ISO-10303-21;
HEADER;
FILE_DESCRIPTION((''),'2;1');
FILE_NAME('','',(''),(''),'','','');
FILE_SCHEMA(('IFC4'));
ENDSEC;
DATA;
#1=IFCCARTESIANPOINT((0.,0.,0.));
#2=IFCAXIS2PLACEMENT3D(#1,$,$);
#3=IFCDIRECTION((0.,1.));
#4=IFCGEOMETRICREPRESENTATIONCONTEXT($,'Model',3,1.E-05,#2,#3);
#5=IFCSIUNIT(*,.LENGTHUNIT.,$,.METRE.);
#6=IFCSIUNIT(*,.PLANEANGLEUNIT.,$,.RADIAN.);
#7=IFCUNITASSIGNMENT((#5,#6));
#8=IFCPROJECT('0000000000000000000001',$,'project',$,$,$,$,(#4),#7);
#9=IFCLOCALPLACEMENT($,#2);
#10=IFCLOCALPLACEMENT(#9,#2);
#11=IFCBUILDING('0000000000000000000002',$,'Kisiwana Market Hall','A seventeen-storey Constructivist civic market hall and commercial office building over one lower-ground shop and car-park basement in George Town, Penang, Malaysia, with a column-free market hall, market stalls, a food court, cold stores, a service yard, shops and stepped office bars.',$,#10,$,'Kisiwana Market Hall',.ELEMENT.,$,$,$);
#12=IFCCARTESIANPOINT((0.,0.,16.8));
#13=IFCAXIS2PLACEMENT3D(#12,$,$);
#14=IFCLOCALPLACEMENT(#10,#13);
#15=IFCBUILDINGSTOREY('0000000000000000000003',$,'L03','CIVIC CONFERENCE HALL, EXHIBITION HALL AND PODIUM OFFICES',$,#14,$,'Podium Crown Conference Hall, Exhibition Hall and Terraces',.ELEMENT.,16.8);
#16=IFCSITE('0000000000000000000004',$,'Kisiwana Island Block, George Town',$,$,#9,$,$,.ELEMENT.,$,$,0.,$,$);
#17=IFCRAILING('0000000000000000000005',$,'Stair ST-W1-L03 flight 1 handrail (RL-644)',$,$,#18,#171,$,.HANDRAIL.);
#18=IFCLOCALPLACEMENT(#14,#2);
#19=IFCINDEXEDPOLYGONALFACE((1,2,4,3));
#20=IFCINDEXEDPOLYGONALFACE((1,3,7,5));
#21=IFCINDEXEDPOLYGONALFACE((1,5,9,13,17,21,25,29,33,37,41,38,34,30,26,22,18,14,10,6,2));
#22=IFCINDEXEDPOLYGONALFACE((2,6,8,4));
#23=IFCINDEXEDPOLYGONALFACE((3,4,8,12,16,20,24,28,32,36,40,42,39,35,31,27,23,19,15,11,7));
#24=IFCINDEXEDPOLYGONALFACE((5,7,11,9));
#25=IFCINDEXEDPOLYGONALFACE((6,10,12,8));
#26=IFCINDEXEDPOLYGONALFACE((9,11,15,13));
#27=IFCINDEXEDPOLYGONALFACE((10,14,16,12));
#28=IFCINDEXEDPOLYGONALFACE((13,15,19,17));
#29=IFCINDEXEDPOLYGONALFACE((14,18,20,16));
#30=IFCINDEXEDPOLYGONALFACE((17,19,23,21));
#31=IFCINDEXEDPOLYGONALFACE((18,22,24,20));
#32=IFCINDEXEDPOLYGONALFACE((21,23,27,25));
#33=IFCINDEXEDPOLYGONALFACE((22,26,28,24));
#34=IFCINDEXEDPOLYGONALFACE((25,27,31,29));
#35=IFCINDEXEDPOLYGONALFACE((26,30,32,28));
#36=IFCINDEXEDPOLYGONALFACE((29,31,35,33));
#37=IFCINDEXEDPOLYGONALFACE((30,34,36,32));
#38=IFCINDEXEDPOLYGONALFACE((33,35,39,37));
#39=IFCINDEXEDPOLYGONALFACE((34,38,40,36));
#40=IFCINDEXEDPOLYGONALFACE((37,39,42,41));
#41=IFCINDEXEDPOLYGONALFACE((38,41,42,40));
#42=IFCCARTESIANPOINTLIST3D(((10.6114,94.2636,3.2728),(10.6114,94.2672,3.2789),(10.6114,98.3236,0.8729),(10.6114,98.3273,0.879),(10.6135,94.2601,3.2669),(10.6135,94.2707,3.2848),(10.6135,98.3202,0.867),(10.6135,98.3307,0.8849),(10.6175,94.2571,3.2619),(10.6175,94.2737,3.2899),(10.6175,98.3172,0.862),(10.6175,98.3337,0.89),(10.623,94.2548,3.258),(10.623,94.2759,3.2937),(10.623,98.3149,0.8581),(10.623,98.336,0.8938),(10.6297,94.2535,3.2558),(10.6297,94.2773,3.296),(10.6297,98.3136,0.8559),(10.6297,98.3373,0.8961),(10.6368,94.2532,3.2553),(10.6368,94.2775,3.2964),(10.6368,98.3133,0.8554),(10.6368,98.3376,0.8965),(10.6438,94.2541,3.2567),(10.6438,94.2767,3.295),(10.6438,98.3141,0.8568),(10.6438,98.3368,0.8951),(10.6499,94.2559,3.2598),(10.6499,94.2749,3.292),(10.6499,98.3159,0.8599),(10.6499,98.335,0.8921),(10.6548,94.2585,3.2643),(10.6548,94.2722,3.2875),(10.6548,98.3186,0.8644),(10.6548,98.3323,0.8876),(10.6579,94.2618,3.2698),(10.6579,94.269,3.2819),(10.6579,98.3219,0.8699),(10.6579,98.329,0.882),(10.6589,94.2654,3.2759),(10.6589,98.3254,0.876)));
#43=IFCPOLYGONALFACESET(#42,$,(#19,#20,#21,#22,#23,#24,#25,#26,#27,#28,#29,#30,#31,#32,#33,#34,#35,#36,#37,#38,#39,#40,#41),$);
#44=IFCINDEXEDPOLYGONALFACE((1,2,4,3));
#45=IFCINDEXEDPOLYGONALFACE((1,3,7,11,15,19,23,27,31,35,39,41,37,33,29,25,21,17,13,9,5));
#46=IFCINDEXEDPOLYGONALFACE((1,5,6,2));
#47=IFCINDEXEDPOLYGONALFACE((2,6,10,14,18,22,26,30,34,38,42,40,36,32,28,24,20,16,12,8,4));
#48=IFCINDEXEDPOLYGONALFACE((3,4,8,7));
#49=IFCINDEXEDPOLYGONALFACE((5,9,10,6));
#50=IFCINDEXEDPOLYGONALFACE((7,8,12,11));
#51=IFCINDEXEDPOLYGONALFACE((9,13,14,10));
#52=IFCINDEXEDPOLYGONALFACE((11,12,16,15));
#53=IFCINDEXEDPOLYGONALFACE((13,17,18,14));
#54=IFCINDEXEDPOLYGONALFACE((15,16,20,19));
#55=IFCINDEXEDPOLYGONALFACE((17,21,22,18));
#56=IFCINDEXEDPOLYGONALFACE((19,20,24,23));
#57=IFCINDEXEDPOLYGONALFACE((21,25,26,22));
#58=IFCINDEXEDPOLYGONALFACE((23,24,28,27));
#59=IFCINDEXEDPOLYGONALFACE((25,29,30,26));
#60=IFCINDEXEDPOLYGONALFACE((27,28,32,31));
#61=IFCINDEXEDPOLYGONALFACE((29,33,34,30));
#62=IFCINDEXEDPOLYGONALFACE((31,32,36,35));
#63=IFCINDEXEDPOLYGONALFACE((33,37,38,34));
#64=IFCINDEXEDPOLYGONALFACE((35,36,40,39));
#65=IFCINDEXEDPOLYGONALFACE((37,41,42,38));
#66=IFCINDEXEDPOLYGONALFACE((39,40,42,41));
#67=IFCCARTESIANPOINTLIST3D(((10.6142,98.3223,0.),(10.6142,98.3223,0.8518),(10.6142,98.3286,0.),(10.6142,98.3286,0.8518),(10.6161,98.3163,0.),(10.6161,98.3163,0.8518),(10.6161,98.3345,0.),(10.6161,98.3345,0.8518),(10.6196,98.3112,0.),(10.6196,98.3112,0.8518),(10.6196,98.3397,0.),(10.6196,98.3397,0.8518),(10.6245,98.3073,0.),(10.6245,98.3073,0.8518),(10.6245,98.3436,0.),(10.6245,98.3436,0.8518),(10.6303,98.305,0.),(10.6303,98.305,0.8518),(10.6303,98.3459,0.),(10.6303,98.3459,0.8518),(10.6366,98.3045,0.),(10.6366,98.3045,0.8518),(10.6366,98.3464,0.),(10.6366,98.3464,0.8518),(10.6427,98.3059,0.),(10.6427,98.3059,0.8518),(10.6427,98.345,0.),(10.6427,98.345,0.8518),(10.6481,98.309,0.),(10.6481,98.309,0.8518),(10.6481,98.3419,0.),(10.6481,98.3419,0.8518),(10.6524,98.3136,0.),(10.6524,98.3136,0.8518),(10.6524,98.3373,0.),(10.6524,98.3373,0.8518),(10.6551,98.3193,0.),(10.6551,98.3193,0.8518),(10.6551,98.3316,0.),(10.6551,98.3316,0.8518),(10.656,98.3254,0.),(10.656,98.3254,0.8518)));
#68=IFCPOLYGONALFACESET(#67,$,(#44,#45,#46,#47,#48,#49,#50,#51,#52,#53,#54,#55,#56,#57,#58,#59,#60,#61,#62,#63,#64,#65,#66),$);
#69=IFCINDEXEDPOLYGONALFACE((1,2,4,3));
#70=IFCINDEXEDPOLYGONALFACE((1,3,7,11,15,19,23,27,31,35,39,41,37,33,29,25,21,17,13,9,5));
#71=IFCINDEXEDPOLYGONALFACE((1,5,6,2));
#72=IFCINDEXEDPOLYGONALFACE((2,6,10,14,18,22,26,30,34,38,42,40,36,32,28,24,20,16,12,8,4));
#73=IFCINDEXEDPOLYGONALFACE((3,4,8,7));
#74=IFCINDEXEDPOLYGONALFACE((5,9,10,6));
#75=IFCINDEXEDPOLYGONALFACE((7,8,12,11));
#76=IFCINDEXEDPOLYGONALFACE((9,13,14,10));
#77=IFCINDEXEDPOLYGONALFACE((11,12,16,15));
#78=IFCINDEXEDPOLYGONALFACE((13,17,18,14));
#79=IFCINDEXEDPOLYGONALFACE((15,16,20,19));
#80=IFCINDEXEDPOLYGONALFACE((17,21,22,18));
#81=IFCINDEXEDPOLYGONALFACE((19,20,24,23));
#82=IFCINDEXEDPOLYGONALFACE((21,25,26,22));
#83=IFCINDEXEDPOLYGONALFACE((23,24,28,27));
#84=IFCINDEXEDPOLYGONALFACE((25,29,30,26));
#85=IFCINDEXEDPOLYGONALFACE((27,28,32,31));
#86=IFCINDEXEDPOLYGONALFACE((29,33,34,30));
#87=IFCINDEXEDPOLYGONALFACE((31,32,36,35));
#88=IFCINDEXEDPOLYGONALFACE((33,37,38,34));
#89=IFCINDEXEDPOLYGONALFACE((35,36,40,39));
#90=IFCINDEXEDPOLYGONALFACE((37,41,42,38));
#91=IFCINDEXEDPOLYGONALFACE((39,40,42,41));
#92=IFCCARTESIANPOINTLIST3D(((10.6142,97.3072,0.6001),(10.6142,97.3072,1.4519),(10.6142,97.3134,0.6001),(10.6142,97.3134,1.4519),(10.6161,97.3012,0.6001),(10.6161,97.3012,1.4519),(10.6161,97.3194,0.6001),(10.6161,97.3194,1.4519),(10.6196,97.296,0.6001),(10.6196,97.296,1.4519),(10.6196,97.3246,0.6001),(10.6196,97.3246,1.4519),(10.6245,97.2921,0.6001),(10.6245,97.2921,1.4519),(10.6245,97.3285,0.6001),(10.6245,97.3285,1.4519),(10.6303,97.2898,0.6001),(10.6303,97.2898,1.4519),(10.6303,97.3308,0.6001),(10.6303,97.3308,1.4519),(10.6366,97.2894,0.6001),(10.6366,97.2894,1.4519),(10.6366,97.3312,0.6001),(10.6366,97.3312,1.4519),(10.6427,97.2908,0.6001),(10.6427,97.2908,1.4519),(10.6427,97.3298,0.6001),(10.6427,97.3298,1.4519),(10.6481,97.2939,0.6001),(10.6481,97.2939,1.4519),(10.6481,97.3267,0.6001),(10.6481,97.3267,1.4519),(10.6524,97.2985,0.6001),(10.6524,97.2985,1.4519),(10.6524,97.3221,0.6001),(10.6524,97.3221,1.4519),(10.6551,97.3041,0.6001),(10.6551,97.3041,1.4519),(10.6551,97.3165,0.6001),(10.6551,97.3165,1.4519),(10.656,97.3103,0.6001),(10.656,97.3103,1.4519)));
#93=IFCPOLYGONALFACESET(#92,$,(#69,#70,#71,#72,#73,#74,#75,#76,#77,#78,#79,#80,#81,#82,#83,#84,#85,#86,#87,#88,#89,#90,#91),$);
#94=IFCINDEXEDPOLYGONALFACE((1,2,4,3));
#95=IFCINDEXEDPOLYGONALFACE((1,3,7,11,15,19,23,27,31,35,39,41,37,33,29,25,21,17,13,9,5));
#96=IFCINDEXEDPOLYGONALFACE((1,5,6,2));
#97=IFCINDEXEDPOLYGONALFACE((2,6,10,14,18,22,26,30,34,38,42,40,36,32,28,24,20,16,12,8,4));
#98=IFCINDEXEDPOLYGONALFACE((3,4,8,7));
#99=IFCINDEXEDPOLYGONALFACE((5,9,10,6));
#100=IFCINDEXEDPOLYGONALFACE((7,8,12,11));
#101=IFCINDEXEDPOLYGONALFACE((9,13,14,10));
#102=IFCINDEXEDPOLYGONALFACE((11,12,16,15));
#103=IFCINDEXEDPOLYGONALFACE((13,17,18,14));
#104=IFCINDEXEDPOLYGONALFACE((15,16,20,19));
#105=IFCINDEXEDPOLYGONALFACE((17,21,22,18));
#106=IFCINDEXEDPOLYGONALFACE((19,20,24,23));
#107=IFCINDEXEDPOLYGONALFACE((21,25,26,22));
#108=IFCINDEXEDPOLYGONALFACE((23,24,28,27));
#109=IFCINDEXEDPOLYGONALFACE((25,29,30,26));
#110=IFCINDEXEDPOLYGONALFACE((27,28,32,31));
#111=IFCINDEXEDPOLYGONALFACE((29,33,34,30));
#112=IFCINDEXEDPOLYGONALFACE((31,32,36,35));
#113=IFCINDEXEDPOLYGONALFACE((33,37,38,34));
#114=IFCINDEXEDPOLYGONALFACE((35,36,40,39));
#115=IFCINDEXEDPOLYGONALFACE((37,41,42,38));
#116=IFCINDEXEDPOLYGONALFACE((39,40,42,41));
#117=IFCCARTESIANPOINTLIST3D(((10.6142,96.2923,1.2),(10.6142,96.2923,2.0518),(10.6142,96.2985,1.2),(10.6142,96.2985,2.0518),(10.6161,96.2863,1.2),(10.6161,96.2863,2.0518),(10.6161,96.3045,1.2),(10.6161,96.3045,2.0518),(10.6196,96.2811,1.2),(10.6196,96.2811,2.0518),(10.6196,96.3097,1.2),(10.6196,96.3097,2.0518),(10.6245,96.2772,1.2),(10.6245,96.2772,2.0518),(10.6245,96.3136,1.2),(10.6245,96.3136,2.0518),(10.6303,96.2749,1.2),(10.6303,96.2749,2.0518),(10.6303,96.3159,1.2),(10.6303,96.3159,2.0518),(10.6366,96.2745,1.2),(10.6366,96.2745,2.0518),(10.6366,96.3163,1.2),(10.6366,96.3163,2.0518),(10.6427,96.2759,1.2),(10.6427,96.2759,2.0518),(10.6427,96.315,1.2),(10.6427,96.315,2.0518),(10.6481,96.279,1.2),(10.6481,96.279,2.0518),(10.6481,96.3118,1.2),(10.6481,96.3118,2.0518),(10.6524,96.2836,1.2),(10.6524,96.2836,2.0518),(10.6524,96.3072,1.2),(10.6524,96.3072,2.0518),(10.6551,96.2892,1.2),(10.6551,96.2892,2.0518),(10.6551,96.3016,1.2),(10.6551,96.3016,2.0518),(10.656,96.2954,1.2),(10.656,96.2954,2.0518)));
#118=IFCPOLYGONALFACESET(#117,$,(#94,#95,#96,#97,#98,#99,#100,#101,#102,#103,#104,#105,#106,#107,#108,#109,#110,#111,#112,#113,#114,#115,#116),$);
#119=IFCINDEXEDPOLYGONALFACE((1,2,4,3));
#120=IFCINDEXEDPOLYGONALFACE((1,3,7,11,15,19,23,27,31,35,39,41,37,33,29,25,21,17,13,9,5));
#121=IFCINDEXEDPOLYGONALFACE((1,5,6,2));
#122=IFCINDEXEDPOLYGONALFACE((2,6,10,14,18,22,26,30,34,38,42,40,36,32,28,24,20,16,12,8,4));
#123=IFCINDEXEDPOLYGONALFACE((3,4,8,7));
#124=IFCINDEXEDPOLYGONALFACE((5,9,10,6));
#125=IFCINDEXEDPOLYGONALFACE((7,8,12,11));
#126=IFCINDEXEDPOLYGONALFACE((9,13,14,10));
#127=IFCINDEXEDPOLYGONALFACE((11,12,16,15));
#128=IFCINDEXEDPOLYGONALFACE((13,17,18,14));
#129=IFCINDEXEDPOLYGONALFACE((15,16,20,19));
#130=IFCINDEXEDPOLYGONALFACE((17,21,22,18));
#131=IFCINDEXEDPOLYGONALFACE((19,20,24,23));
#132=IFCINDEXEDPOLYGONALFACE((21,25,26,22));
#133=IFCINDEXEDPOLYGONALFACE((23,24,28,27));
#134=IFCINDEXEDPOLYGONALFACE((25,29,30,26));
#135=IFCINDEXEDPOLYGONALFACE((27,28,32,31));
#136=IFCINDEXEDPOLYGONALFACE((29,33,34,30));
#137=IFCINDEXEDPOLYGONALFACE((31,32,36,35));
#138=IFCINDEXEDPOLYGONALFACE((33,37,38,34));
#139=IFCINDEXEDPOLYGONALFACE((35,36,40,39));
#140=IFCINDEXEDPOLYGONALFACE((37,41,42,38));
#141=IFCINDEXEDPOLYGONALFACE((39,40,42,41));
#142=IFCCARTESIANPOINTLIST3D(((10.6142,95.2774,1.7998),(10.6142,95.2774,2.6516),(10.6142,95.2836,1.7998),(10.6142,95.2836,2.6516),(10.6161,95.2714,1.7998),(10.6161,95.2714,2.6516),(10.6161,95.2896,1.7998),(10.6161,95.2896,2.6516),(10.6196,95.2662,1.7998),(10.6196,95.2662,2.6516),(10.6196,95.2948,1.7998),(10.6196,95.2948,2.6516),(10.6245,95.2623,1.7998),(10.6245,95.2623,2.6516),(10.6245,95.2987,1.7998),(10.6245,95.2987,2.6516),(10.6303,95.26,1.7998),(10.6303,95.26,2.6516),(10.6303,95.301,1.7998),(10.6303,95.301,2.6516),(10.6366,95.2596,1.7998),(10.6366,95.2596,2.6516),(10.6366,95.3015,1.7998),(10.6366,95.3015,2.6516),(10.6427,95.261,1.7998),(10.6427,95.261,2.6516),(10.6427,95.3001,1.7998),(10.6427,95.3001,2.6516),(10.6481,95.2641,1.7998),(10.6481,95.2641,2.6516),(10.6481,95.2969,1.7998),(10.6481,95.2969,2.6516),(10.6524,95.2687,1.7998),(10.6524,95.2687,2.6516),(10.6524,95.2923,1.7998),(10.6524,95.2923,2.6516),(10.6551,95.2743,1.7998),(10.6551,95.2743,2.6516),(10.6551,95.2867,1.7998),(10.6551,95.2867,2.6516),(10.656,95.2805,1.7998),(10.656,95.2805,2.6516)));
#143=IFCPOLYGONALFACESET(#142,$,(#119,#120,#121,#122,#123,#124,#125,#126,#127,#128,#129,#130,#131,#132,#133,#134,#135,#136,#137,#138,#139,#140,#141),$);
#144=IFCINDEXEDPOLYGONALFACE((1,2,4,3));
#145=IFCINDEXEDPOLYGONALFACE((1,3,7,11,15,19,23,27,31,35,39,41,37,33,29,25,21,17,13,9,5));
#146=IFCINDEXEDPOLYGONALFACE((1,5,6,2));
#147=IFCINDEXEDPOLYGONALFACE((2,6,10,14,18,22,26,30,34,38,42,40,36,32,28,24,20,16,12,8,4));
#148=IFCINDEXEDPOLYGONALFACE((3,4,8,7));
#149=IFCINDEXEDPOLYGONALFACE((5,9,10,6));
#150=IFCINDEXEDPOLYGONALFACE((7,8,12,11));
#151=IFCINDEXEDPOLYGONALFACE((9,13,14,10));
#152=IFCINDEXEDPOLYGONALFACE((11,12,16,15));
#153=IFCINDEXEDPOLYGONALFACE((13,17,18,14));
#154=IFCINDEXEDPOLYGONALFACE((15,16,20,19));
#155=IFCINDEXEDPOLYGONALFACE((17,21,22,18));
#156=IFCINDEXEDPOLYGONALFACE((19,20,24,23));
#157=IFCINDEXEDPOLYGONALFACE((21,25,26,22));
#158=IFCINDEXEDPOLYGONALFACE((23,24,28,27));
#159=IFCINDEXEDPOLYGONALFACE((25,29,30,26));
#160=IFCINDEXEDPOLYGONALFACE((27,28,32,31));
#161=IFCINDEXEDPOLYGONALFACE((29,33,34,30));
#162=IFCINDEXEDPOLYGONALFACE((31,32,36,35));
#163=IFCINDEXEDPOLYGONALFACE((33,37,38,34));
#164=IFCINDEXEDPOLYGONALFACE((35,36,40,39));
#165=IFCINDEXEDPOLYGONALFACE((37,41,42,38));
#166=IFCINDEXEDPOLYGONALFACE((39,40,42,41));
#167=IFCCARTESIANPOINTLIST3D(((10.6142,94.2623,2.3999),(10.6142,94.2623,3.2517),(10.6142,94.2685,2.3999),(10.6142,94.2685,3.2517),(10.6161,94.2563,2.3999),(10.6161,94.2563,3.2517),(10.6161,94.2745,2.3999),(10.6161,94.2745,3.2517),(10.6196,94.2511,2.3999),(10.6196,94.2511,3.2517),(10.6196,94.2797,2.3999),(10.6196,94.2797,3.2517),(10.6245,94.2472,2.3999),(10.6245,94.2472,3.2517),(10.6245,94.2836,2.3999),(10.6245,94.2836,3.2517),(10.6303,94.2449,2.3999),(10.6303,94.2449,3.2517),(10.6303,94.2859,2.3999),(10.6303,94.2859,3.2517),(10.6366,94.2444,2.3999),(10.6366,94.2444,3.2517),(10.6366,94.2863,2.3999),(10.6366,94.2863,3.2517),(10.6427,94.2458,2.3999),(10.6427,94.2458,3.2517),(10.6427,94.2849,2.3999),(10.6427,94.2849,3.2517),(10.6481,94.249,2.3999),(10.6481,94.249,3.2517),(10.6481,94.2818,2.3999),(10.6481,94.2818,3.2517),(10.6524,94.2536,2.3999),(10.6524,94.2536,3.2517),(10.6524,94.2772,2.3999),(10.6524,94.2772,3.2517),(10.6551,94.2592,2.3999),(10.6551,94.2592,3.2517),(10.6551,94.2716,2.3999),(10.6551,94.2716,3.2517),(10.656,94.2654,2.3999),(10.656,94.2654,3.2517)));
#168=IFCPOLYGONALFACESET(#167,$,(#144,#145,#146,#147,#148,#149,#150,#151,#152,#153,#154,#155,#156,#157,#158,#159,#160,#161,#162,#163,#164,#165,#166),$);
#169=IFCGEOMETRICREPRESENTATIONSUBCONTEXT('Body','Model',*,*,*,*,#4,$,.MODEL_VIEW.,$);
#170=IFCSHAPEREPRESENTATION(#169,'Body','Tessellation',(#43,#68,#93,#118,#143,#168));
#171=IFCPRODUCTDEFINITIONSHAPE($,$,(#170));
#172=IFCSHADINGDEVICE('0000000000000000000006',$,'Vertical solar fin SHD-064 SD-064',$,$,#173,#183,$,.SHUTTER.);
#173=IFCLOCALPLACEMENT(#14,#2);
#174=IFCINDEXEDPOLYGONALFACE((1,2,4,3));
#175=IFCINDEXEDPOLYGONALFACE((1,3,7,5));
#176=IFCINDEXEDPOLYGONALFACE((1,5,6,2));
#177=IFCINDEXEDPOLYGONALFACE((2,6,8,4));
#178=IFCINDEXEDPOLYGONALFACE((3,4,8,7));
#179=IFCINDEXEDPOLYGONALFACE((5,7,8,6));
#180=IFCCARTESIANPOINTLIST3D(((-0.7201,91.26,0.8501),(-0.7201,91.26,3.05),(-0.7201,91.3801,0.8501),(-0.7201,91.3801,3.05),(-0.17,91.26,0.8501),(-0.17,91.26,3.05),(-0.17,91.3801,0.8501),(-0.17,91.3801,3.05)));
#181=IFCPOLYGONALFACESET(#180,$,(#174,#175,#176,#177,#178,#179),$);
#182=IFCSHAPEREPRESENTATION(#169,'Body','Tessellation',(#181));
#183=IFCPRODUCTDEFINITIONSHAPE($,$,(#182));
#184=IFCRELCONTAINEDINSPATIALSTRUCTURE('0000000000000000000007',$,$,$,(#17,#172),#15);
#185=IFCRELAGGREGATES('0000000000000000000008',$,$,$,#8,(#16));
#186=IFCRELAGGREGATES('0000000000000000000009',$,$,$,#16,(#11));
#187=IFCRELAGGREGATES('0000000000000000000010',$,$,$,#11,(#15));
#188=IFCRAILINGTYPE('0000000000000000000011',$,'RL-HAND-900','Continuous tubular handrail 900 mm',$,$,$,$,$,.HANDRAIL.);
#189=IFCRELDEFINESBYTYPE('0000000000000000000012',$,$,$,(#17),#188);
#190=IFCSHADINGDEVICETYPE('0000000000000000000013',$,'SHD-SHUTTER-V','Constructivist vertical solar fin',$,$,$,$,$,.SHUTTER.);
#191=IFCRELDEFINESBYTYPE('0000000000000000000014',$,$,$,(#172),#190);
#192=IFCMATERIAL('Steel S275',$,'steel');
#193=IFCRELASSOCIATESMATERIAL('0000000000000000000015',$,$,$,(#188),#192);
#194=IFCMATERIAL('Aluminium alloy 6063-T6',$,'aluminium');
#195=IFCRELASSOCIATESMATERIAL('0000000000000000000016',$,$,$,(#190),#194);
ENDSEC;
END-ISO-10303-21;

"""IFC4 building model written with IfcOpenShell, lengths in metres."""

from ifc_helpers import new_model, si_unit, direction, frame, origin, origin_2d, place, context, subcontext, project, spatial, rectangle, circle, extrude, material, type_object, element, save


model = new_model("IFC4")

# Units and contexts
model_context = context("Model", 3, precision=1e-05, world=origin(), true_north=direction((0.0, 1.0)))
body_context = subcontext(model_context, "Body", "Model", "MODEL_VIEW")
ifc_project = project(units=[si_unit("LENGTHUNIT", "METRE"), si_unit("PLANEANGLEUNIT", "RADIAN")], contexts=[model_context])

# Site, building, storey
site_placement = place(None, origin())
site = spatial("IfcSite", under=ifc_project, at=site_placement, Name="Kisiwana Island Block, George Town", CompositionType="ELEMENT", RefElevation=0.0)
building_placement = place(site_placement, origin())
building = spatial("IfcBuilding", under=site, at=building_placement, Name="Kisiwana Market Hall", Description="A seventeen-storey Constructivist civic market hall and commercial office building over one lower-ground shop and car-park basement in George Town, Penang, Malaysia, with a column-free market hall, market stalls, a food court, cold stores, a service yard, shops and stepped office bars.", LongName="Kisiwana Market Hall", CompositionType="ELEMENT")
storey_placement = place(building_placement, frame((0.0, 0.0, 16.8)))
storey = spatial("IfcBuildingStorey", under=building, at=storey_placement, Name="L03", Description="CIVIC CONFERENCE HALL, EXHIBITION HALL AND PODIUM OFFICES", LongName="Podium Crown Conference Hall, Exhibition Hall and Terraces", CompositionType="ELEMENT", Elevation=16.8)

# Railing
ifc_material_1 = material(Name="Steel S275", Category="steel")
railing_type_1 = type_object("IfcRailingType", Name="RL-HAND-900", Description="Continuous tubular handrail 900 mm", PredefinedType="HANDRAIL", material=ifc_material_1)
railing_1_placement = place(storey_placement, frame((10.635, 98.3254, 0.0)))
element("IfcRailing", 1, at=railing_1_placement, inside=storey, type_object=railing_type_1, Name="Stair ST-W1-L03 flight 1 handrail (RL-644)", PredefinedType="HANDRAIL", context=body_context, shape_type="SweptSolid", body=[
    extrude(circle(Radius=0.0239, at=origin_2d()), frame((0.0, 0.0, 0.876), z_axis=(0.0, -0.860854, 0.508851), x_axis=(1.0, 0.0, 0.0)), (0.0, 0.0, 1.0), 4.7163),
    extrude(circle(Radius=0.021, at=origin_2d()), origin(), (0.0, 0.0, 1.0), 0.8518),
    extrude(circle(Radius=0.021, at=origin_2d()), frame((0.0, -1.0151, 0.6001)), (0.0, 0.0, 1.0), 0.8518),
    extrude(circle(Radius=0.021, at=origin_2d()), frame((0.0, -2.03, 1.2)), (0.0, 0.0, 1.0), 0.8518),
    extrude(circle(Radius=0.021, at=origin_2d()), frame((0.0, -3.0449, 1.7998)), (0.0, 0.0, 1.0), 0.8518),
    extrude(circle(Radius=0.021, at=origin_2d()), frame((0.0, -4.0601, 2.3999)), (0.0, 0.0, 1.0), 0.8518),
])

# Shading device
ifc_material_2 = material(Name="Aluminium alloy 6063-T6", Category="aluminium")
shading_device_type = type_object("IfcShadingDeviceType", Name="SHD-SHUTTER-V", Description="Constructivist vertical solar fin", PredefinedType="SHUTTER", material=ifc_material_2)
shading_device_placement = place(storey_placement, frame((-0.4451, 91.3201, 0.8501), z_axis=(0.0, 0.0, 1.0), x_axis=(0.0, 1.0, 0.0)))
element("IfcShadingDevice", 2, at=shading_device_placement, inside=storey, type_object=shading_device_type, Name="Vertical solar fin SHD-064 SD-064", PredefinedType="SHUTTER", context=body_context, shape_type="SweptSolid", body=[
    extrude(rectangle(XDim=0.1201, YDim=0.55, at=origin_2d()), origin(), (0.0, 0.0, 1.0), 2.2),
])

save(model, "model.ifc")
